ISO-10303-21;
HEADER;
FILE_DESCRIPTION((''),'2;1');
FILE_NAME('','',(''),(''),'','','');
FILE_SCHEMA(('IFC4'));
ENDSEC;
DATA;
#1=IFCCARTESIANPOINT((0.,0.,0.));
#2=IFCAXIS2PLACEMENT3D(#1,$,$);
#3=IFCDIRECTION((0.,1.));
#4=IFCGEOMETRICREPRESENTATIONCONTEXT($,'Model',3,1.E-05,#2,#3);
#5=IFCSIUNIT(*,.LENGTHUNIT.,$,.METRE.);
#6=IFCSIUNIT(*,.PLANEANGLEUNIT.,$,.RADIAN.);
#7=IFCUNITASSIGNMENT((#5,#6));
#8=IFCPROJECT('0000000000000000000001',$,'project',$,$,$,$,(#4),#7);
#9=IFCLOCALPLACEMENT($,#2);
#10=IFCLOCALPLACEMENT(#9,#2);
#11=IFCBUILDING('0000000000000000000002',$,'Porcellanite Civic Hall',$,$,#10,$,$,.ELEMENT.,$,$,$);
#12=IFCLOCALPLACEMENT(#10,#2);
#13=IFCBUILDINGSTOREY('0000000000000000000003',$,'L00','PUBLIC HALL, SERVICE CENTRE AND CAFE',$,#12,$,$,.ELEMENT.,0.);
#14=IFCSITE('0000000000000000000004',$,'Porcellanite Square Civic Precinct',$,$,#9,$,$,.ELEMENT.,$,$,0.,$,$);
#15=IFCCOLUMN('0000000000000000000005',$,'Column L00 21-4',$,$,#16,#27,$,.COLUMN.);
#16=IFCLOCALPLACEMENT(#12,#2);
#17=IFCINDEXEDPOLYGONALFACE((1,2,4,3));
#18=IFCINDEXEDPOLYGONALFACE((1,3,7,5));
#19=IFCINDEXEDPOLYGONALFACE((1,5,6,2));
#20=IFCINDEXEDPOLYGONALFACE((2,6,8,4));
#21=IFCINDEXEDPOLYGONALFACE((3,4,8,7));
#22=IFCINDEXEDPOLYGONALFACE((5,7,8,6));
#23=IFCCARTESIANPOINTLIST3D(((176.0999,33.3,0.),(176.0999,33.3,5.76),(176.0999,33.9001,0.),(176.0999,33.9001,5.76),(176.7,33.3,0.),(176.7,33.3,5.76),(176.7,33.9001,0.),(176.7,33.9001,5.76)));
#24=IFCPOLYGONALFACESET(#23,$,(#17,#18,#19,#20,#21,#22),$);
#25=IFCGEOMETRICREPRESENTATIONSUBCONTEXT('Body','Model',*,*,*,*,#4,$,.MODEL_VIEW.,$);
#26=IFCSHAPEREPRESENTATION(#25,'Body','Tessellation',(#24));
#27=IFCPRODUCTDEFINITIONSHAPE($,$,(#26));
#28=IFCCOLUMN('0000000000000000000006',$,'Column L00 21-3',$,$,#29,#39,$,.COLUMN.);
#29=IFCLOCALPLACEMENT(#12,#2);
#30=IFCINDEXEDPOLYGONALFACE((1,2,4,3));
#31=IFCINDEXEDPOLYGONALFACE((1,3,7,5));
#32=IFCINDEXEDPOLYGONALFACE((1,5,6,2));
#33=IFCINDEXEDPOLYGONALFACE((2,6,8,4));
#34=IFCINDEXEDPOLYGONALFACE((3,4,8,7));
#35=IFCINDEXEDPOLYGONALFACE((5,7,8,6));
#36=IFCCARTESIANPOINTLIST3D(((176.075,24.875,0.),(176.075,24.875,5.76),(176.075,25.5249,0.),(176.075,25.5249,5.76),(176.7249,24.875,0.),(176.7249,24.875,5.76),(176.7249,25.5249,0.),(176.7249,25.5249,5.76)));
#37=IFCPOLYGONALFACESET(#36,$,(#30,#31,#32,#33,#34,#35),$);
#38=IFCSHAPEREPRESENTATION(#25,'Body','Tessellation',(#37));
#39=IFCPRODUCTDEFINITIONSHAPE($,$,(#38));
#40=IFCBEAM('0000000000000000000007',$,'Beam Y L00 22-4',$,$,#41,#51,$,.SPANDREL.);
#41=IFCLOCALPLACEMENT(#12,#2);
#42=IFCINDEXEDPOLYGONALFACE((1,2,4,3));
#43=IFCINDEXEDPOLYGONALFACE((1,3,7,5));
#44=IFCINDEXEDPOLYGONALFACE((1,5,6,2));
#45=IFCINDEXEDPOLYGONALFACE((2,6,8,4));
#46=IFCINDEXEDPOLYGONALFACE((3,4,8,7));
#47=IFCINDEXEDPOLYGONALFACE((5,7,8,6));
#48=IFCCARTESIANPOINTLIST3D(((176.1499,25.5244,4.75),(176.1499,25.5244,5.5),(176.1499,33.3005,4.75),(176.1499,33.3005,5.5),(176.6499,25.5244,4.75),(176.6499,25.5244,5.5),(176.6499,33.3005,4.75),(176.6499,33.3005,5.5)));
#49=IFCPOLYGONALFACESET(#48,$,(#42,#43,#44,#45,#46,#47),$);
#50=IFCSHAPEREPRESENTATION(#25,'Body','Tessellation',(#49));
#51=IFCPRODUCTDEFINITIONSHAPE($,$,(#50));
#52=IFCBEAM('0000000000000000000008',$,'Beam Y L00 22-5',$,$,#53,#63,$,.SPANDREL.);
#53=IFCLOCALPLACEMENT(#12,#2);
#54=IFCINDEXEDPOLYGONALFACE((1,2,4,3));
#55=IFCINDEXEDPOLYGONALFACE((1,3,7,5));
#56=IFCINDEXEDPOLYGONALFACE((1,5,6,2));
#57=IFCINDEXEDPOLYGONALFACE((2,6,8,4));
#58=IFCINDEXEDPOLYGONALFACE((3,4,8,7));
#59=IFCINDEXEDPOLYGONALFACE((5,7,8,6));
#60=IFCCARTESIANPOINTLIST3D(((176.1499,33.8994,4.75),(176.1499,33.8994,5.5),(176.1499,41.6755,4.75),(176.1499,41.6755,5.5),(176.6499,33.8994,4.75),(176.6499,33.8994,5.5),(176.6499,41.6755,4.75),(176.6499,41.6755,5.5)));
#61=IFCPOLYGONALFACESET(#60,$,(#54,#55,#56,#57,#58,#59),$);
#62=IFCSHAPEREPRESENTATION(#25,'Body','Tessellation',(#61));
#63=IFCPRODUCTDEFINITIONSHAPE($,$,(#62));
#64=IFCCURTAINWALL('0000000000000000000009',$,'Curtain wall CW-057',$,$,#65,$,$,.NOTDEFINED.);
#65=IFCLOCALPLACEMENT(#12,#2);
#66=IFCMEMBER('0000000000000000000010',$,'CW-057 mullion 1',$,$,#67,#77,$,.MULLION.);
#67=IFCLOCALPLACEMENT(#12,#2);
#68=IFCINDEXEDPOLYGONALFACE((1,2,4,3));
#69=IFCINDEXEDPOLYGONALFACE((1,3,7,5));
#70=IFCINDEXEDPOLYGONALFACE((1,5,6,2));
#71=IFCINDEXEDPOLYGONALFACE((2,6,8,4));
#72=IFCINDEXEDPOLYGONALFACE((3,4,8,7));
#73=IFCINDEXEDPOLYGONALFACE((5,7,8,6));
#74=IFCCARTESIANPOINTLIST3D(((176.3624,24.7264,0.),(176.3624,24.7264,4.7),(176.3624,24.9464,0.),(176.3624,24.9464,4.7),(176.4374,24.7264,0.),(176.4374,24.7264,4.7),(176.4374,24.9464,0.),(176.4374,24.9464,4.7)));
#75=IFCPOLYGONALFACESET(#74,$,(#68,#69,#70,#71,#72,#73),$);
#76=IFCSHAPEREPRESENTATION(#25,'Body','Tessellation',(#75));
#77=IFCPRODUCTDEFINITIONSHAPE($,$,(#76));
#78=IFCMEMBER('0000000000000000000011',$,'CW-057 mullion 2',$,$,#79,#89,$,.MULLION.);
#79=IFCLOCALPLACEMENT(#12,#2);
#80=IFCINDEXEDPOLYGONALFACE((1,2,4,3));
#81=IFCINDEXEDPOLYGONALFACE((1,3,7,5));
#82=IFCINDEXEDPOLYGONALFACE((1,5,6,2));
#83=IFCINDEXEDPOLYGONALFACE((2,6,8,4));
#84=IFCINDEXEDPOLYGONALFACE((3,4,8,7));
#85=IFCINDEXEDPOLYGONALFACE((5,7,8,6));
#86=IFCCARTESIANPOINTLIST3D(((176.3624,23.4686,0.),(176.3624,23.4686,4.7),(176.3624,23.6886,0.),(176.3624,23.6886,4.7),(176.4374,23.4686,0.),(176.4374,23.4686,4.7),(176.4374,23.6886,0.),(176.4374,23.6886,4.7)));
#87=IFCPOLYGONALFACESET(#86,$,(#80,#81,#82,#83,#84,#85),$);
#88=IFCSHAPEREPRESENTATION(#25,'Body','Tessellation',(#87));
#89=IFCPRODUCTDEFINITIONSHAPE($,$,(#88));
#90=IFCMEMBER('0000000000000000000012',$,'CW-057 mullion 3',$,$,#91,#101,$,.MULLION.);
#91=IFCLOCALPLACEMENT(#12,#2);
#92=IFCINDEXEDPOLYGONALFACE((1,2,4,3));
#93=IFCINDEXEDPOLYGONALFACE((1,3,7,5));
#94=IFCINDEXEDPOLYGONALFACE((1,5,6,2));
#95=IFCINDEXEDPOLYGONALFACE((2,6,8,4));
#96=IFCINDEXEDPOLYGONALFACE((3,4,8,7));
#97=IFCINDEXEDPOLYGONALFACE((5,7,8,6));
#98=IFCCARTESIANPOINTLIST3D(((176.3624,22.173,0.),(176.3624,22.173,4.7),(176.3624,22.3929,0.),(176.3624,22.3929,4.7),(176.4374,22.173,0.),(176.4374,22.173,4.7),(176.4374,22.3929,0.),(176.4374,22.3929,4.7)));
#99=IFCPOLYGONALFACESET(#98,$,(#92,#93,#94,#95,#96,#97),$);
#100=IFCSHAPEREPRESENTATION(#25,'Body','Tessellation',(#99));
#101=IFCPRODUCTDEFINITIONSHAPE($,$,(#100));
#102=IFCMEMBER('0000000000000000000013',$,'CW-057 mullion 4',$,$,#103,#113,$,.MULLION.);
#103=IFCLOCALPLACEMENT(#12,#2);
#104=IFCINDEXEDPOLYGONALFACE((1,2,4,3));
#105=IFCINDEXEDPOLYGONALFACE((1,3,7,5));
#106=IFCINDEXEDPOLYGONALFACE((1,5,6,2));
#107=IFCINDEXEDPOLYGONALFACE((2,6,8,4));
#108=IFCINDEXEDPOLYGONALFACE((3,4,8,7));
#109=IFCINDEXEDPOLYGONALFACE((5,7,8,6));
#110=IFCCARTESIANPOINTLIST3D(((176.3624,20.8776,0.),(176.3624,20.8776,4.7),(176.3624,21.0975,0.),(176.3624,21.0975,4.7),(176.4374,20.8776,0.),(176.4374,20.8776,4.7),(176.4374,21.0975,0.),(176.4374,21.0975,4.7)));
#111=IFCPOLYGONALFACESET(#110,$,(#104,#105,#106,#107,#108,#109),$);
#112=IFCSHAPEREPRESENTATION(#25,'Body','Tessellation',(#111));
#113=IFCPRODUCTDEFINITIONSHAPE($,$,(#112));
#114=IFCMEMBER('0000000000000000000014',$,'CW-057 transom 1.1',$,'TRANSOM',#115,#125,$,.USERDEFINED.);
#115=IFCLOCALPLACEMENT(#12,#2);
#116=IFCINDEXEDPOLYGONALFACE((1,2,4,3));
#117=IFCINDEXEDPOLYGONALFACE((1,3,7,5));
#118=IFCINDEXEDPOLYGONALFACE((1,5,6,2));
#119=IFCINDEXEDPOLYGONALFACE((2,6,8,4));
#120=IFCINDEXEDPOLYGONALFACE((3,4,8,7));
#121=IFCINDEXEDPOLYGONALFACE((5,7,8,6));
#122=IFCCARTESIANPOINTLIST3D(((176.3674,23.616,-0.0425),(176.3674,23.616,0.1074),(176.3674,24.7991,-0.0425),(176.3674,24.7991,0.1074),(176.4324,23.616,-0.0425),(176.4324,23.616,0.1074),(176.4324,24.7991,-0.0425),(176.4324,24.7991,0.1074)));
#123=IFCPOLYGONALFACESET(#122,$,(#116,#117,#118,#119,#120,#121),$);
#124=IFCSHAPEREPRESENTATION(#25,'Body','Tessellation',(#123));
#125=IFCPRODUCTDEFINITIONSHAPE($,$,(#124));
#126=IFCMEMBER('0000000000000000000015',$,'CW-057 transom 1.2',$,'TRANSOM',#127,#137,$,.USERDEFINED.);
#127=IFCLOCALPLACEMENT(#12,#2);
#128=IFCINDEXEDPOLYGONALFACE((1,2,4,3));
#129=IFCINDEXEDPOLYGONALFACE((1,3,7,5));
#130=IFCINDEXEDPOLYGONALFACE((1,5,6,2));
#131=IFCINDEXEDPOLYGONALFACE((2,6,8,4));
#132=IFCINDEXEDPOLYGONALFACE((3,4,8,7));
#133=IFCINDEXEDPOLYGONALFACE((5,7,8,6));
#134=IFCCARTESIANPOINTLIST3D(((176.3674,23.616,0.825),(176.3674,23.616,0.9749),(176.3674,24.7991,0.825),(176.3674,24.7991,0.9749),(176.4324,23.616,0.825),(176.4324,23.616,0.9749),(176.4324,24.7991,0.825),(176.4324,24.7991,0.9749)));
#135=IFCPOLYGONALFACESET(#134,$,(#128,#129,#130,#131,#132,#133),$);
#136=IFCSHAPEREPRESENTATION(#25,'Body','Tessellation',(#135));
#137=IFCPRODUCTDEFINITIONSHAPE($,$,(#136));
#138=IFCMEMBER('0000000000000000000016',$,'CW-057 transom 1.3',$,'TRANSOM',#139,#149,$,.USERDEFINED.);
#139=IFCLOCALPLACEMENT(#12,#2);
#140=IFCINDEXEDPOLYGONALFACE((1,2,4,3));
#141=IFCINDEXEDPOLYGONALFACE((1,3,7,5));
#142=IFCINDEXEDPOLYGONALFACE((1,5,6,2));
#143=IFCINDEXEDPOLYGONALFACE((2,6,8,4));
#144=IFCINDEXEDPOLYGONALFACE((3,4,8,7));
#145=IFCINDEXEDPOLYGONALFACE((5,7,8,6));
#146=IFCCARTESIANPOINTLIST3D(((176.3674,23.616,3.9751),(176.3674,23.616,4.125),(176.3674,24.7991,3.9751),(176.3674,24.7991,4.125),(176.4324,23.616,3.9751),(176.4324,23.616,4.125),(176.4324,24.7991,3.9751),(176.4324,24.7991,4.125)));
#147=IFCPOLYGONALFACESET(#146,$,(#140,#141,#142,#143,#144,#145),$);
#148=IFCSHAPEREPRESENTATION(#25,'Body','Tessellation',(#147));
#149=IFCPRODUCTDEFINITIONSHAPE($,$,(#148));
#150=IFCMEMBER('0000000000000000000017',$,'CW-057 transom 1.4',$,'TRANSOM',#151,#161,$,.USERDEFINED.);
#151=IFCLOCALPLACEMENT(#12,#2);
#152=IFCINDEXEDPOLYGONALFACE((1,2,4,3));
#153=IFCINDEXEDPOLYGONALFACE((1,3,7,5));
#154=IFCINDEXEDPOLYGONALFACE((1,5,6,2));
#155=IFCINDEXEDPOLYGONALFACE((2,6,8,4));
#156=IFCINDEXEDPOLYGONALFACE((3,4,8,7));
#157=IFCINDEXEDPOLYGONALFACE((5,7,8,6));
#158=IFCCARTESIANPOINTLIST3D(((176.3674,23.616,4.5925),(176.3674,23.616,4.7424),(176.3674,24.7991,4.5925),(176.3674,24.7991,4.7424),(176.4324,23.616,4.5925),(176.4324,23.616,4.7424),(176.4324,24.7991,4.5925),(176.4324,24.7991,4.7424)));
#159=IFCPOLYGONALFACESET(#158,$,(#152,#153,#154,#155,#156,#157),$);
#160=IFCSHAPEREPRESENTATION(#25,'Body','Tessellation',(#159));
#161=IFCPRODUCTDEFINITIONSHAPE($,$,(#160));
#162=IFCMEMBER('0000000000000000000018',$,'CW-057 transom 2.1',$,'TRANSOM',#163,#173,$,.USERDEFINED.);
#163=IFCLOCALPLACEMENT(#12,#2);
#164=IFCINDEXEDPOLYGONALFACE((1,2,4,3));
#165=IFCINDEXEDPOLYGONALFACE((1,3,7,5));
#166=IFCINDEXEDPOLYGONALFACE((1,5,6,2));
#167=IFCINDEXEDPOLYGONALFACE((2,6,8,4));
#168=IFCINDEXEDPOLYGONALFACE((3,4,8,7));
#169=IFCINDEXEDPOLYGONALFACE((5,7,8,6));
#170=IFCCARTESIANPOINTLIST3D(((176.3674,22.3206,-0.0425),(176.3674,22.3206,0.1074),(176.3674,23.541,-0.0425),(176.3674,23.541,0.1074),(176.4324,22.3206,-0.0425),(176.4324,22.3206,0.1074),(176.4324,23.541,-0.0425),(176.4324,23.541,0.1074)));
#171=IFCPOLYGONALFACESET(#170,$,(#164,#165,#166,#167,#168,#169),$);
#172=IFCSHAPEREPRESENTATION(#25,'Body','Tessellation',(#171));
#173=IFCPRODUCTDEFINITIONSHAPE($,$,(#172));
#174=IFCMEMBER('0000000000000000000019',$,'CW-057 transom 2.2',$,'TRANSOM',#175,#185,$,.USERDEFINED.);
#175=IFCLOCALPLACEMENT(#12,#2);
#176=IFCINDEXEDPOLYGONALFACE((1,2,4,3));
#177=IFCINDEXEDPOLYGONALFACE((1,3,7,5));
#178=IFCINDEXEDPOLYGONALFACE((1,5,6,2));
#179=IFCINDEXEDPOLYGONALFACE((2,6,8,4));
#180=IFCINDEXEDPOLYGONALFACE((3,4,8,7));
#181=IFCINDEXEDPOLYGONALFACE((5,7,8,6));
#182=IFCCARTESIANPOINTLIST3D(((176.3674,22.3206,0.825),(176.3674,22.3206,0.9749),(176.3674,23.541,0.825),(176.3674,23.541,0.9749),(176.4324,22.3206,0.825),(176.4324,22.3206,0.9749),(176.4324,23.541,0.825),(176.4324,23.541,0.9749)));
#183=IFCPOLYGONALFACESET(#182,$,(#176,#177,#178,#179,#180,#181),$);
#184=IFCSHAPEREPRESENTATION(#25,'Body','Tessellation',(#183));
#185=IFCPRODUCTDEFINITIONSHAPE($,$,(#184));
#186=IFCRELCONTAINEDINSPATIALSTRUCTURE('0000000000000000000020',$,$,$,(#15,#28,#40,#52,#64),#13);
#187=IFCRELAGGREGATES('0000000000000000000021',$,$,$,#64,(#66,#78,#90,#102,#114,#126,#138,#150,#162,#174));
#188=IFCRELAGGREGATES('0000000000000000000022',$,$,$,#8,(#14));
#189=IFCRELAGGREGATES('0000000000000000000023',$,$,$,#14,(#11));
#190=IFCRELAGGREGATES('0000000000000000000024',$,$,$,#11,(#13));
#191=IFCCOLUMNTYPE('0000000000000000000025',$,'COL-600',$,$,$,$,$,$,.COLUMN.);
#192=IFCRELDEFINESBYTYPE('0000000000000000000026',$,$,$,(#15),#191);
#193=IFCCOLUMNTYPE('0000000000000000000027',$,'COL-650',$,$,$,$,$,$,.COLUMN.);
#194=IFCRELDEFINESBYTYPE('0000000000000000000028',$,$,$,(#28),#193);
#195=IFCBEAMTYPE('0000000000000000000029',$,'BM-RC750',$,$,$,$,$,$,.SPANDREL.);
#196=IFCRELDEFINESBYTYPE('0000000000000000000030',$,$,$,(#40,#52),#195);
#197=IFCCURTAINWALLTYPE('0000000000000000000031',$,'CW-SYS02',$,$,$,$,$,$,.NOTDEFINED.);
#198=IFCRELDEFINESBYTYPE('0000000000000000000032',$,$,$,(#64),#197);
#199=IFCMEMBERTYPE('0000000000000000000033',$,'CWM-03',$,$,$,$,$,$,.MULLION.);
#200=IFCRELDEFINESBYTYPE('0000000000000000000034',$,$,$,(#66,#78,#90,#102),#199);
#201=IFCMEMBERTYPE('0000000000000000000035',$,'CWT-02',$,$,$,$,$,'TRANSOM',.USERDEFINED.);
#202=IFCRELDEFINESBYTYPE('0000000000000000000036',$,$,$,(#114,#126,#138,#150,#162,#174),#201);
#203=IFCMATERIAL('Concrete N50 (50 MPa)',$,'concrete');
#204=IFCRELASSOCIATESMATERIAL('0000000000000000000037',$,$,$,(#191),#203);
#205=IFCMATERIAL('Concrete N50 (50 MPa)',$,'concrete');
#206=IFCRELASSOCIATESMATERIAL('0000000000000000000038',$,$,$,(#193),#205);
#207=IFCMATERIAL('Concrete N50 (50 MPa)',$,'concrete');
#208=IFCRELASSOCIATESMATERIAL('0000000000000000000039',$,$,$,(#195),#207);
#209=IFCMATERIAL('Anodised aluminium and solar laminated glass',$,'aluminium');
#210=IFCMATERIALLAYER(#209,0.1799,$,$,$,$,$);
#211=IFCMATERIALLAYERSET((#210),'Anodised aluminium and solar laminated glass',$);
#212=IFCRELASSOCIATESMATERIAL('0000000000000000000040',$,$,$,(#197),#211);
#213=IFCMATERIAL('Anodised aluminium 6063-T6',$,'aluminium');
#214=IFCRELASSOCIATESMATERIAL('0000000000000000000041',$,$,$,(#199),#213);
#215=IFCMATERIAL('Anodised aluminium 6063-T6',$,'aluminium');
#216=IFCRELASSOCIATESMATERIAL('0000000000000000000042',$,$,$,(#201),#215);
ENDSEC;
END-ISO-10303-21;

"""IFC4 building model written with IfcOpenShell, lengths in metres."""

from ifc_helpers import new_model, si_unit, direction, frame, origin, origin_2d, place, context, subcontext, project, spatial, rectangle, extrude, material, layer, layer_set, material_profile, profile_set, type_object, element, aggregate, save


model = new_model("IFC4")

# Units and contexts
model_context = context("Model", 3, precision=1e-05, world=origin(), true_north=direction((0.0, 1.0)))
body_context = subcontext(model_context, "Body", "Model", "MODEL_VIEW")
ifc_project = project(units=[si_unit("LENGTHUNIT", "METRE"), si_unit("PLANEANGLEUNIT", "RADIAN")], contexts=[model_context])

# Site, building, storey
site_placement = place(None, origin())
site = spatial("IfcSite", under=ifc_project, at=site_placement, Name="Porcellanite Square Civic Precinct", CompositionType="ELEMENT", RefElevation=0.0)
building_placement = place(site_placement, origin())
building = spatial("IfcBuilding", under=site, at=building_placement, Name="Porcellanite Civic Hall", CompositionType="ELEMENT")
storey_placement = place(building_placement, origin())
storey = spatial("IfcBuildingStorey", under=building, at=storey_placement, Name="L00", Description="PUBLIC HALL, SERVICE CENTRE AND CAFE", CompositionType="ELEMENT", Elevation=0.0)

# Columns
ifc_material_1 = material(Name="Concrete N50 (50 MPa)", Category="concrete")
ifc_material_profile_1 = material_profile(ifc_material_1, rectangle(XDim=0.6001, YDim=0.6001, at=origin_2d()), Name="RC-600x600")
ifc_profile_set_1 = profile_set([ifc_material_profile_1], Name="Concrete N50 (50 MPa)")
column_type_1 = type_object("IfcColumnType", Name="COL-600", PredefinedType="COLUMN", material=ifc_profile_set_1)
column_1_placement = place(storey_placement, frame((176.3999, 33.6001, 0.0), z_axis=(0.0, 0.0, 1.0), x_axis=(1.0, 0.0, 0.0)))
element("IfcColumn", 1, at=column_1_placement, inside=storey, type_object=column_type_1, Name="Column L00 21-4", PredefinedType="COLUMN", context=body_context, shape_type="SweptSolid", body=[
    extrude(rectangle(XDim=0.6001, YDim=0.6001, at=origin_2d()), origin(), (0.0, 0.0, 1.0), 5.76),
])
ifc_material_2 = material(Name="Concrete N50 (50 MPa)", Category="concrete")
ifc_material_profile_2 = material_profile(ifc_material_2, rectangle(XDim=0.6499, YDim=0.6499, at=origin_2d()), Name="RC-650x650")
ifc_profile_set_2 = profile_set([ifc_material_profile_2], Name="Concrete N50 (50 MPa)")
column_type_2 = type_object("IfcColumnType", Name="COL-650", PredefinedType="COLUMN", material=ifc_profile_set_2)
column_2_placement = place(storey_placement, frame((176.3999, 25.2, 0.0), z_axis=(0.0, 0.0, 1.0), x_axis=(1.0, 0.0, 0.0)))
element("IfcColumn", 2, at=column_2_placement, inside=storey, type_object=column_type_2, Name="Column L00 21-3", PredefinedType="COLUMN", context=body_context, shape_type="SweptSolid", body=[
    extrude(rectangle(XDim=0.6499, YDim=0.6499, at=origin_2d()), origin(), (0.0, 0.0, 1.0), 5.76),
])

# Beams
ifc_material_3 = material(Name="Concrete N50 (50 MPa)", Category="concrete")
ifc_material_profile_3 = material_profile(ifc_material_3, rectangle(XDim=0.5, YDim=0.75, at=origin_2d()), Name="RC-500x750")
ifc_profile_set_3 = profile_set([ifc_material_profile_3], Name="Concrete N50 (50 MPa)")
beam_type = type_object("IfcBeamType", Name="BM-RC750", PredefinedType="SPANDREL", material=ifc_profile_set_3)
for number, where, z_axis, x_axis, name in (
    (3, (176.3999, 25.5244, 5.125), (0.0, 1.0, 0.0), (-1.0, 0.0, 0.0), "Beam Y L00 22-4"),
    (4, (176.3999, 33.8994, 5.125), (0.0, 1.0, 0.0), (-1.0, 0.0, 0.0), "Beam Y L00 22-5"),
):
    element("IfcBeam", number, at=place(storey_placement, frame(where, z_axis=z_axis, x_axis=x_axis)), inside=storey, type_object=beam_type, Name=name, PredefinedType="SPANDREL", context=body_context, shape_type="SweptSolid", body=[
        extrude(rectangle(XDim=0.5, YDim=0.75, at=origin_2d()), origin(), (0.0, 0.0, 1.0), 7.7761),
    ])

# Curtain wall, members
ifc_material_4 = material(Name="Anodised aluminium and solar laminated glass", Category="aluminium")
ifc_layer_1 = layer(ifc_material_4, 0.1799)
ifc_layer_set_1 = layer_set([ifc_layer_1], Name="Anodised aluminium and solar laminated glass")
curtain_wall_type = type_object("IfcCurtainWallType", Name="CW-SYS02", PredefinedType="NOTDEFINED", material=ifc_layer_set_1)
curtain_wall_placement = place(storey_placement, origin())
curtain_wall = element("IfcCurtainWall", 5, at=curtain_wall_placement, inside=storey, type_object=curtain_wall_type, Name="Curtain wall CW-057", PredefinedType="NOTDEFINED")
ifc_material_5 = material(Name="Anodised aluminium 6063-T6", Category="aluminium")
ifc_material_profile_4 = material_profile(ifc_material_5, rectangle(XDim=0.075, YDim=0.22, at=origin_2d()), Name="AL-75x220")
ifc_profile_set_4 = profile_set([ifc_material_profile_4], Name="Anodised aluminium 6063-T6")
member_type_1 = type_object("IfcMemberType", Name="CWM-03", PredefinedType="MULLION", material=ifc_profile_set_4)
member_1_placement = place(storey_placement, frame((176.3999, 24.8364, 0.0), z_axis=(0.0, 0.0, 1.0), x_axis=(1.0, 0.0, 0.0)))
member_1 = element("IfcMember", 6, at=member_1_placement, type_object=member_type_1, Name="CW-057 mullion 1", PredefinedType="MULLION", context=body_context, shape_type="SweptSolid", body=[
    extrude(rectangle(XDim=0.075, YDim=0.22, at=origin_2d()), origin(), (0.0, 0.0, 1.0), 4.7),
])
member_2_placement = place(storey_placement, frame((176.3999, 23.5786, 0.0), z_axis=(0.0, 0.0, 1.0), x_axis=(1.0, 0.0, 0.0)))
member_2 = element("IfcMember", 7, at=member_2_placement, type_object=member_type_1, Name="CW-057 mullion 2", PredefinedType="MULLION", context=body_context, shape_type="SweptSolid", body=[
    extrude(rectangle(XDim=0.075, YDim=0.22, at=origin_2d()), origin(), (0.0, 0.0, 1.0), 4.7),
])
member_3_placement = place(storey_placement, frame((176.3999, 22.283, 0.0), z_axis=(0.0, 0.0, 1.0), x_axis=(1.0, 0.0, 0.0)))
member_3 = element("IfcMember", 8, at=member_3_placement, type_object=member_type_1, Name="CW-057 mullion 3", PredefinedType="MULLION", context=body_context, shape_type="SweptSolid", body=[
    extrude(rectangle(XDim=0.075, YDim=0.22, at=origin_2d()), origin(), (0.0, 0.0, 1.0), 4.7),
])
member_4_placement = place(storey_placement, frame((176.3999, 20.9875, 0.0), z_axis=(0.0, 0.0, 1.0), x_axis=(1.0, 0.0, 0.0)))
member_4 = element("IfcMember", 9, at=member_4_placement, type_object=member_type_1, Name="CW-057 mullion 4", PredefinedType="MULLION", context=body_context, shape_type="SweptSolid", body=[
    extrude(rectangle(XDim=0.075, YDim=0.22, at=origin_2d()), origin(), (0.0, 0.0, 1.0), 4.7),
])
ifc_material_6 = material(Name="Anodised aluminium 6063-T6", Category="aluminium")
ifc_material_profile_5 = material_profile(ifc_material_6, rectangle(XDim=0.0649, YDim=0.1499, at=origin_2d()), Name="AL-65x150")
ifc_profile_set_5 = profile_set([ifc_material_profile_5], Name="Anodised aluminium 6063-T6")
member_type_2 = type_object("IfcMemberType", Name="CWT-02", ElementType="TRANSOM", PredefinedType="USERDEFINED", material=ifc_profile_set_5)
member_5_placement = place(storey_placement, frame((176.3999, 24.7991, 0.0325), z_axis=(0.0, -1.0, 0.0), x_axis=(1.0, 0.0, 0.0)))
member_5 = element("IfcMember", 10, at=member_5_placement, type_object=member_type_2, Name="CW-057 transom 1.1", ObjectType="TRANSOM", PredefinedType="USERDEFINED", context=body_context, shape_type="SweptSolid", body=[
    extrude(rectangle(XDim=0.0649, YDim=0.1499, at=origin_2d()), origin(), (0.0, 0.0, 1.0), 1.1831),
])
member_6_placement = place(storey_placement, frame((176.3999, 24.7991, 0.8999), z_axis=(0.0, -1.0, 0.0), x_axis=(1.0, 0.0, 0.0)))
member_6 = element("IfcMember", 11, at=member_6_placement, type_object=member_type_2, Name="CW-057 transom 1.2", ObjectType="TRANSOM", PredefinedType="USERDEFINED", context=body_context, shape_type="SweptSolid", body=[
    extrude(rectangle(XDim=0.0649, YDim=0.1499, at=origin_2d()), origin(), (0.0, 0.0, 1.0), 1.1831),
])
member_7_placement = place(storey_placement, frame((176.3999, 24.7991, 4.05), z_axis=(0.0, -1.0, 0.0), x_axis=(1.0, 0.0, 0.0)))
member_7 = element("IfcMember", 12, at=member_7_placement, type_object=member_type_2, Name="CW-057 transom 1.3", ObjectType="TRANSOM", PredefinedType="USERDEFINED", context=body_context, shape_type="SweptSolid", body=[
    extrude(rectangle(XDim=0.0649, YDim=0.1499, at=origin_2d()), origin(), (0.0, 0.0, 1.0), 1.1831),
])
member_8_placement = place(storey_placement, frame((176.3999, 24.7991, 4.6675), z_axis=(0.0, -1.0, 0.0), x_axis=(1.0, 0.0, 0.0)))
member_8 = element("IfcMember", 13, at=member_8_placement, type_object=member_type_2, Name="CW-057 transom 1.4", ObjectType="TRANSOM", PredefinedType="USERDEFINED", context=body_context, shape_type="SweptSolid", body=[
    extrude(rectangle(XDim=0.0649, YDim=0.1499, at=origin_2d()), origin(), (0.0, 0.0, 1.0), 1.1831),
])
member_9_placement = place(storey_placement, frame((176.3999, 23.541, 0.0325), z_axis=(0.0, -1.0, 0.0), x_axis=(1.0, 0.0, 0.0)))
member_9 = element("IfcMember", 14, at=member_9_placement, type_object=member_type_2, Name="CW-057 transom 2.1", ObjectType="TRANSOM", PredefinedType="USERDEFINED", context=body_context, shape_type="SweptSolid", body=[
    extrude(rectangle(XDim=0.0649, YDim=0.1499, at=origin_2d()), origin(), (0.0, 0.0, 1.0), 1.2205),
])
member_10_placement = place(storey_placement, frame((176.3999, 23.541, 0.8999), z_axis=(0.0, -1.0, 0.0), x_axis=(1.0, 0.0, 0.0)))
member_10 = element("IfcMember", 15, at=member_10_placement, type_object=member_type_2, Name="CW-057 transom 2.2", ObjectType="TRANSOM", PredefinedType="USERDEFINED", context=body_context, shape_type="SweptSolid", body=[
    extrude(rectangle(XDim=0.0649, YDim=0.1499, at=origin_2d()), origin(), (0.0, 0.0, 1.0), 1.2205),
])

aggregate(curtain_wall, [member_1, member_2, member_3, member_4, member_5, member_6, member_7, member_8, member_9, member_10])

save(model, "model.ifc")
